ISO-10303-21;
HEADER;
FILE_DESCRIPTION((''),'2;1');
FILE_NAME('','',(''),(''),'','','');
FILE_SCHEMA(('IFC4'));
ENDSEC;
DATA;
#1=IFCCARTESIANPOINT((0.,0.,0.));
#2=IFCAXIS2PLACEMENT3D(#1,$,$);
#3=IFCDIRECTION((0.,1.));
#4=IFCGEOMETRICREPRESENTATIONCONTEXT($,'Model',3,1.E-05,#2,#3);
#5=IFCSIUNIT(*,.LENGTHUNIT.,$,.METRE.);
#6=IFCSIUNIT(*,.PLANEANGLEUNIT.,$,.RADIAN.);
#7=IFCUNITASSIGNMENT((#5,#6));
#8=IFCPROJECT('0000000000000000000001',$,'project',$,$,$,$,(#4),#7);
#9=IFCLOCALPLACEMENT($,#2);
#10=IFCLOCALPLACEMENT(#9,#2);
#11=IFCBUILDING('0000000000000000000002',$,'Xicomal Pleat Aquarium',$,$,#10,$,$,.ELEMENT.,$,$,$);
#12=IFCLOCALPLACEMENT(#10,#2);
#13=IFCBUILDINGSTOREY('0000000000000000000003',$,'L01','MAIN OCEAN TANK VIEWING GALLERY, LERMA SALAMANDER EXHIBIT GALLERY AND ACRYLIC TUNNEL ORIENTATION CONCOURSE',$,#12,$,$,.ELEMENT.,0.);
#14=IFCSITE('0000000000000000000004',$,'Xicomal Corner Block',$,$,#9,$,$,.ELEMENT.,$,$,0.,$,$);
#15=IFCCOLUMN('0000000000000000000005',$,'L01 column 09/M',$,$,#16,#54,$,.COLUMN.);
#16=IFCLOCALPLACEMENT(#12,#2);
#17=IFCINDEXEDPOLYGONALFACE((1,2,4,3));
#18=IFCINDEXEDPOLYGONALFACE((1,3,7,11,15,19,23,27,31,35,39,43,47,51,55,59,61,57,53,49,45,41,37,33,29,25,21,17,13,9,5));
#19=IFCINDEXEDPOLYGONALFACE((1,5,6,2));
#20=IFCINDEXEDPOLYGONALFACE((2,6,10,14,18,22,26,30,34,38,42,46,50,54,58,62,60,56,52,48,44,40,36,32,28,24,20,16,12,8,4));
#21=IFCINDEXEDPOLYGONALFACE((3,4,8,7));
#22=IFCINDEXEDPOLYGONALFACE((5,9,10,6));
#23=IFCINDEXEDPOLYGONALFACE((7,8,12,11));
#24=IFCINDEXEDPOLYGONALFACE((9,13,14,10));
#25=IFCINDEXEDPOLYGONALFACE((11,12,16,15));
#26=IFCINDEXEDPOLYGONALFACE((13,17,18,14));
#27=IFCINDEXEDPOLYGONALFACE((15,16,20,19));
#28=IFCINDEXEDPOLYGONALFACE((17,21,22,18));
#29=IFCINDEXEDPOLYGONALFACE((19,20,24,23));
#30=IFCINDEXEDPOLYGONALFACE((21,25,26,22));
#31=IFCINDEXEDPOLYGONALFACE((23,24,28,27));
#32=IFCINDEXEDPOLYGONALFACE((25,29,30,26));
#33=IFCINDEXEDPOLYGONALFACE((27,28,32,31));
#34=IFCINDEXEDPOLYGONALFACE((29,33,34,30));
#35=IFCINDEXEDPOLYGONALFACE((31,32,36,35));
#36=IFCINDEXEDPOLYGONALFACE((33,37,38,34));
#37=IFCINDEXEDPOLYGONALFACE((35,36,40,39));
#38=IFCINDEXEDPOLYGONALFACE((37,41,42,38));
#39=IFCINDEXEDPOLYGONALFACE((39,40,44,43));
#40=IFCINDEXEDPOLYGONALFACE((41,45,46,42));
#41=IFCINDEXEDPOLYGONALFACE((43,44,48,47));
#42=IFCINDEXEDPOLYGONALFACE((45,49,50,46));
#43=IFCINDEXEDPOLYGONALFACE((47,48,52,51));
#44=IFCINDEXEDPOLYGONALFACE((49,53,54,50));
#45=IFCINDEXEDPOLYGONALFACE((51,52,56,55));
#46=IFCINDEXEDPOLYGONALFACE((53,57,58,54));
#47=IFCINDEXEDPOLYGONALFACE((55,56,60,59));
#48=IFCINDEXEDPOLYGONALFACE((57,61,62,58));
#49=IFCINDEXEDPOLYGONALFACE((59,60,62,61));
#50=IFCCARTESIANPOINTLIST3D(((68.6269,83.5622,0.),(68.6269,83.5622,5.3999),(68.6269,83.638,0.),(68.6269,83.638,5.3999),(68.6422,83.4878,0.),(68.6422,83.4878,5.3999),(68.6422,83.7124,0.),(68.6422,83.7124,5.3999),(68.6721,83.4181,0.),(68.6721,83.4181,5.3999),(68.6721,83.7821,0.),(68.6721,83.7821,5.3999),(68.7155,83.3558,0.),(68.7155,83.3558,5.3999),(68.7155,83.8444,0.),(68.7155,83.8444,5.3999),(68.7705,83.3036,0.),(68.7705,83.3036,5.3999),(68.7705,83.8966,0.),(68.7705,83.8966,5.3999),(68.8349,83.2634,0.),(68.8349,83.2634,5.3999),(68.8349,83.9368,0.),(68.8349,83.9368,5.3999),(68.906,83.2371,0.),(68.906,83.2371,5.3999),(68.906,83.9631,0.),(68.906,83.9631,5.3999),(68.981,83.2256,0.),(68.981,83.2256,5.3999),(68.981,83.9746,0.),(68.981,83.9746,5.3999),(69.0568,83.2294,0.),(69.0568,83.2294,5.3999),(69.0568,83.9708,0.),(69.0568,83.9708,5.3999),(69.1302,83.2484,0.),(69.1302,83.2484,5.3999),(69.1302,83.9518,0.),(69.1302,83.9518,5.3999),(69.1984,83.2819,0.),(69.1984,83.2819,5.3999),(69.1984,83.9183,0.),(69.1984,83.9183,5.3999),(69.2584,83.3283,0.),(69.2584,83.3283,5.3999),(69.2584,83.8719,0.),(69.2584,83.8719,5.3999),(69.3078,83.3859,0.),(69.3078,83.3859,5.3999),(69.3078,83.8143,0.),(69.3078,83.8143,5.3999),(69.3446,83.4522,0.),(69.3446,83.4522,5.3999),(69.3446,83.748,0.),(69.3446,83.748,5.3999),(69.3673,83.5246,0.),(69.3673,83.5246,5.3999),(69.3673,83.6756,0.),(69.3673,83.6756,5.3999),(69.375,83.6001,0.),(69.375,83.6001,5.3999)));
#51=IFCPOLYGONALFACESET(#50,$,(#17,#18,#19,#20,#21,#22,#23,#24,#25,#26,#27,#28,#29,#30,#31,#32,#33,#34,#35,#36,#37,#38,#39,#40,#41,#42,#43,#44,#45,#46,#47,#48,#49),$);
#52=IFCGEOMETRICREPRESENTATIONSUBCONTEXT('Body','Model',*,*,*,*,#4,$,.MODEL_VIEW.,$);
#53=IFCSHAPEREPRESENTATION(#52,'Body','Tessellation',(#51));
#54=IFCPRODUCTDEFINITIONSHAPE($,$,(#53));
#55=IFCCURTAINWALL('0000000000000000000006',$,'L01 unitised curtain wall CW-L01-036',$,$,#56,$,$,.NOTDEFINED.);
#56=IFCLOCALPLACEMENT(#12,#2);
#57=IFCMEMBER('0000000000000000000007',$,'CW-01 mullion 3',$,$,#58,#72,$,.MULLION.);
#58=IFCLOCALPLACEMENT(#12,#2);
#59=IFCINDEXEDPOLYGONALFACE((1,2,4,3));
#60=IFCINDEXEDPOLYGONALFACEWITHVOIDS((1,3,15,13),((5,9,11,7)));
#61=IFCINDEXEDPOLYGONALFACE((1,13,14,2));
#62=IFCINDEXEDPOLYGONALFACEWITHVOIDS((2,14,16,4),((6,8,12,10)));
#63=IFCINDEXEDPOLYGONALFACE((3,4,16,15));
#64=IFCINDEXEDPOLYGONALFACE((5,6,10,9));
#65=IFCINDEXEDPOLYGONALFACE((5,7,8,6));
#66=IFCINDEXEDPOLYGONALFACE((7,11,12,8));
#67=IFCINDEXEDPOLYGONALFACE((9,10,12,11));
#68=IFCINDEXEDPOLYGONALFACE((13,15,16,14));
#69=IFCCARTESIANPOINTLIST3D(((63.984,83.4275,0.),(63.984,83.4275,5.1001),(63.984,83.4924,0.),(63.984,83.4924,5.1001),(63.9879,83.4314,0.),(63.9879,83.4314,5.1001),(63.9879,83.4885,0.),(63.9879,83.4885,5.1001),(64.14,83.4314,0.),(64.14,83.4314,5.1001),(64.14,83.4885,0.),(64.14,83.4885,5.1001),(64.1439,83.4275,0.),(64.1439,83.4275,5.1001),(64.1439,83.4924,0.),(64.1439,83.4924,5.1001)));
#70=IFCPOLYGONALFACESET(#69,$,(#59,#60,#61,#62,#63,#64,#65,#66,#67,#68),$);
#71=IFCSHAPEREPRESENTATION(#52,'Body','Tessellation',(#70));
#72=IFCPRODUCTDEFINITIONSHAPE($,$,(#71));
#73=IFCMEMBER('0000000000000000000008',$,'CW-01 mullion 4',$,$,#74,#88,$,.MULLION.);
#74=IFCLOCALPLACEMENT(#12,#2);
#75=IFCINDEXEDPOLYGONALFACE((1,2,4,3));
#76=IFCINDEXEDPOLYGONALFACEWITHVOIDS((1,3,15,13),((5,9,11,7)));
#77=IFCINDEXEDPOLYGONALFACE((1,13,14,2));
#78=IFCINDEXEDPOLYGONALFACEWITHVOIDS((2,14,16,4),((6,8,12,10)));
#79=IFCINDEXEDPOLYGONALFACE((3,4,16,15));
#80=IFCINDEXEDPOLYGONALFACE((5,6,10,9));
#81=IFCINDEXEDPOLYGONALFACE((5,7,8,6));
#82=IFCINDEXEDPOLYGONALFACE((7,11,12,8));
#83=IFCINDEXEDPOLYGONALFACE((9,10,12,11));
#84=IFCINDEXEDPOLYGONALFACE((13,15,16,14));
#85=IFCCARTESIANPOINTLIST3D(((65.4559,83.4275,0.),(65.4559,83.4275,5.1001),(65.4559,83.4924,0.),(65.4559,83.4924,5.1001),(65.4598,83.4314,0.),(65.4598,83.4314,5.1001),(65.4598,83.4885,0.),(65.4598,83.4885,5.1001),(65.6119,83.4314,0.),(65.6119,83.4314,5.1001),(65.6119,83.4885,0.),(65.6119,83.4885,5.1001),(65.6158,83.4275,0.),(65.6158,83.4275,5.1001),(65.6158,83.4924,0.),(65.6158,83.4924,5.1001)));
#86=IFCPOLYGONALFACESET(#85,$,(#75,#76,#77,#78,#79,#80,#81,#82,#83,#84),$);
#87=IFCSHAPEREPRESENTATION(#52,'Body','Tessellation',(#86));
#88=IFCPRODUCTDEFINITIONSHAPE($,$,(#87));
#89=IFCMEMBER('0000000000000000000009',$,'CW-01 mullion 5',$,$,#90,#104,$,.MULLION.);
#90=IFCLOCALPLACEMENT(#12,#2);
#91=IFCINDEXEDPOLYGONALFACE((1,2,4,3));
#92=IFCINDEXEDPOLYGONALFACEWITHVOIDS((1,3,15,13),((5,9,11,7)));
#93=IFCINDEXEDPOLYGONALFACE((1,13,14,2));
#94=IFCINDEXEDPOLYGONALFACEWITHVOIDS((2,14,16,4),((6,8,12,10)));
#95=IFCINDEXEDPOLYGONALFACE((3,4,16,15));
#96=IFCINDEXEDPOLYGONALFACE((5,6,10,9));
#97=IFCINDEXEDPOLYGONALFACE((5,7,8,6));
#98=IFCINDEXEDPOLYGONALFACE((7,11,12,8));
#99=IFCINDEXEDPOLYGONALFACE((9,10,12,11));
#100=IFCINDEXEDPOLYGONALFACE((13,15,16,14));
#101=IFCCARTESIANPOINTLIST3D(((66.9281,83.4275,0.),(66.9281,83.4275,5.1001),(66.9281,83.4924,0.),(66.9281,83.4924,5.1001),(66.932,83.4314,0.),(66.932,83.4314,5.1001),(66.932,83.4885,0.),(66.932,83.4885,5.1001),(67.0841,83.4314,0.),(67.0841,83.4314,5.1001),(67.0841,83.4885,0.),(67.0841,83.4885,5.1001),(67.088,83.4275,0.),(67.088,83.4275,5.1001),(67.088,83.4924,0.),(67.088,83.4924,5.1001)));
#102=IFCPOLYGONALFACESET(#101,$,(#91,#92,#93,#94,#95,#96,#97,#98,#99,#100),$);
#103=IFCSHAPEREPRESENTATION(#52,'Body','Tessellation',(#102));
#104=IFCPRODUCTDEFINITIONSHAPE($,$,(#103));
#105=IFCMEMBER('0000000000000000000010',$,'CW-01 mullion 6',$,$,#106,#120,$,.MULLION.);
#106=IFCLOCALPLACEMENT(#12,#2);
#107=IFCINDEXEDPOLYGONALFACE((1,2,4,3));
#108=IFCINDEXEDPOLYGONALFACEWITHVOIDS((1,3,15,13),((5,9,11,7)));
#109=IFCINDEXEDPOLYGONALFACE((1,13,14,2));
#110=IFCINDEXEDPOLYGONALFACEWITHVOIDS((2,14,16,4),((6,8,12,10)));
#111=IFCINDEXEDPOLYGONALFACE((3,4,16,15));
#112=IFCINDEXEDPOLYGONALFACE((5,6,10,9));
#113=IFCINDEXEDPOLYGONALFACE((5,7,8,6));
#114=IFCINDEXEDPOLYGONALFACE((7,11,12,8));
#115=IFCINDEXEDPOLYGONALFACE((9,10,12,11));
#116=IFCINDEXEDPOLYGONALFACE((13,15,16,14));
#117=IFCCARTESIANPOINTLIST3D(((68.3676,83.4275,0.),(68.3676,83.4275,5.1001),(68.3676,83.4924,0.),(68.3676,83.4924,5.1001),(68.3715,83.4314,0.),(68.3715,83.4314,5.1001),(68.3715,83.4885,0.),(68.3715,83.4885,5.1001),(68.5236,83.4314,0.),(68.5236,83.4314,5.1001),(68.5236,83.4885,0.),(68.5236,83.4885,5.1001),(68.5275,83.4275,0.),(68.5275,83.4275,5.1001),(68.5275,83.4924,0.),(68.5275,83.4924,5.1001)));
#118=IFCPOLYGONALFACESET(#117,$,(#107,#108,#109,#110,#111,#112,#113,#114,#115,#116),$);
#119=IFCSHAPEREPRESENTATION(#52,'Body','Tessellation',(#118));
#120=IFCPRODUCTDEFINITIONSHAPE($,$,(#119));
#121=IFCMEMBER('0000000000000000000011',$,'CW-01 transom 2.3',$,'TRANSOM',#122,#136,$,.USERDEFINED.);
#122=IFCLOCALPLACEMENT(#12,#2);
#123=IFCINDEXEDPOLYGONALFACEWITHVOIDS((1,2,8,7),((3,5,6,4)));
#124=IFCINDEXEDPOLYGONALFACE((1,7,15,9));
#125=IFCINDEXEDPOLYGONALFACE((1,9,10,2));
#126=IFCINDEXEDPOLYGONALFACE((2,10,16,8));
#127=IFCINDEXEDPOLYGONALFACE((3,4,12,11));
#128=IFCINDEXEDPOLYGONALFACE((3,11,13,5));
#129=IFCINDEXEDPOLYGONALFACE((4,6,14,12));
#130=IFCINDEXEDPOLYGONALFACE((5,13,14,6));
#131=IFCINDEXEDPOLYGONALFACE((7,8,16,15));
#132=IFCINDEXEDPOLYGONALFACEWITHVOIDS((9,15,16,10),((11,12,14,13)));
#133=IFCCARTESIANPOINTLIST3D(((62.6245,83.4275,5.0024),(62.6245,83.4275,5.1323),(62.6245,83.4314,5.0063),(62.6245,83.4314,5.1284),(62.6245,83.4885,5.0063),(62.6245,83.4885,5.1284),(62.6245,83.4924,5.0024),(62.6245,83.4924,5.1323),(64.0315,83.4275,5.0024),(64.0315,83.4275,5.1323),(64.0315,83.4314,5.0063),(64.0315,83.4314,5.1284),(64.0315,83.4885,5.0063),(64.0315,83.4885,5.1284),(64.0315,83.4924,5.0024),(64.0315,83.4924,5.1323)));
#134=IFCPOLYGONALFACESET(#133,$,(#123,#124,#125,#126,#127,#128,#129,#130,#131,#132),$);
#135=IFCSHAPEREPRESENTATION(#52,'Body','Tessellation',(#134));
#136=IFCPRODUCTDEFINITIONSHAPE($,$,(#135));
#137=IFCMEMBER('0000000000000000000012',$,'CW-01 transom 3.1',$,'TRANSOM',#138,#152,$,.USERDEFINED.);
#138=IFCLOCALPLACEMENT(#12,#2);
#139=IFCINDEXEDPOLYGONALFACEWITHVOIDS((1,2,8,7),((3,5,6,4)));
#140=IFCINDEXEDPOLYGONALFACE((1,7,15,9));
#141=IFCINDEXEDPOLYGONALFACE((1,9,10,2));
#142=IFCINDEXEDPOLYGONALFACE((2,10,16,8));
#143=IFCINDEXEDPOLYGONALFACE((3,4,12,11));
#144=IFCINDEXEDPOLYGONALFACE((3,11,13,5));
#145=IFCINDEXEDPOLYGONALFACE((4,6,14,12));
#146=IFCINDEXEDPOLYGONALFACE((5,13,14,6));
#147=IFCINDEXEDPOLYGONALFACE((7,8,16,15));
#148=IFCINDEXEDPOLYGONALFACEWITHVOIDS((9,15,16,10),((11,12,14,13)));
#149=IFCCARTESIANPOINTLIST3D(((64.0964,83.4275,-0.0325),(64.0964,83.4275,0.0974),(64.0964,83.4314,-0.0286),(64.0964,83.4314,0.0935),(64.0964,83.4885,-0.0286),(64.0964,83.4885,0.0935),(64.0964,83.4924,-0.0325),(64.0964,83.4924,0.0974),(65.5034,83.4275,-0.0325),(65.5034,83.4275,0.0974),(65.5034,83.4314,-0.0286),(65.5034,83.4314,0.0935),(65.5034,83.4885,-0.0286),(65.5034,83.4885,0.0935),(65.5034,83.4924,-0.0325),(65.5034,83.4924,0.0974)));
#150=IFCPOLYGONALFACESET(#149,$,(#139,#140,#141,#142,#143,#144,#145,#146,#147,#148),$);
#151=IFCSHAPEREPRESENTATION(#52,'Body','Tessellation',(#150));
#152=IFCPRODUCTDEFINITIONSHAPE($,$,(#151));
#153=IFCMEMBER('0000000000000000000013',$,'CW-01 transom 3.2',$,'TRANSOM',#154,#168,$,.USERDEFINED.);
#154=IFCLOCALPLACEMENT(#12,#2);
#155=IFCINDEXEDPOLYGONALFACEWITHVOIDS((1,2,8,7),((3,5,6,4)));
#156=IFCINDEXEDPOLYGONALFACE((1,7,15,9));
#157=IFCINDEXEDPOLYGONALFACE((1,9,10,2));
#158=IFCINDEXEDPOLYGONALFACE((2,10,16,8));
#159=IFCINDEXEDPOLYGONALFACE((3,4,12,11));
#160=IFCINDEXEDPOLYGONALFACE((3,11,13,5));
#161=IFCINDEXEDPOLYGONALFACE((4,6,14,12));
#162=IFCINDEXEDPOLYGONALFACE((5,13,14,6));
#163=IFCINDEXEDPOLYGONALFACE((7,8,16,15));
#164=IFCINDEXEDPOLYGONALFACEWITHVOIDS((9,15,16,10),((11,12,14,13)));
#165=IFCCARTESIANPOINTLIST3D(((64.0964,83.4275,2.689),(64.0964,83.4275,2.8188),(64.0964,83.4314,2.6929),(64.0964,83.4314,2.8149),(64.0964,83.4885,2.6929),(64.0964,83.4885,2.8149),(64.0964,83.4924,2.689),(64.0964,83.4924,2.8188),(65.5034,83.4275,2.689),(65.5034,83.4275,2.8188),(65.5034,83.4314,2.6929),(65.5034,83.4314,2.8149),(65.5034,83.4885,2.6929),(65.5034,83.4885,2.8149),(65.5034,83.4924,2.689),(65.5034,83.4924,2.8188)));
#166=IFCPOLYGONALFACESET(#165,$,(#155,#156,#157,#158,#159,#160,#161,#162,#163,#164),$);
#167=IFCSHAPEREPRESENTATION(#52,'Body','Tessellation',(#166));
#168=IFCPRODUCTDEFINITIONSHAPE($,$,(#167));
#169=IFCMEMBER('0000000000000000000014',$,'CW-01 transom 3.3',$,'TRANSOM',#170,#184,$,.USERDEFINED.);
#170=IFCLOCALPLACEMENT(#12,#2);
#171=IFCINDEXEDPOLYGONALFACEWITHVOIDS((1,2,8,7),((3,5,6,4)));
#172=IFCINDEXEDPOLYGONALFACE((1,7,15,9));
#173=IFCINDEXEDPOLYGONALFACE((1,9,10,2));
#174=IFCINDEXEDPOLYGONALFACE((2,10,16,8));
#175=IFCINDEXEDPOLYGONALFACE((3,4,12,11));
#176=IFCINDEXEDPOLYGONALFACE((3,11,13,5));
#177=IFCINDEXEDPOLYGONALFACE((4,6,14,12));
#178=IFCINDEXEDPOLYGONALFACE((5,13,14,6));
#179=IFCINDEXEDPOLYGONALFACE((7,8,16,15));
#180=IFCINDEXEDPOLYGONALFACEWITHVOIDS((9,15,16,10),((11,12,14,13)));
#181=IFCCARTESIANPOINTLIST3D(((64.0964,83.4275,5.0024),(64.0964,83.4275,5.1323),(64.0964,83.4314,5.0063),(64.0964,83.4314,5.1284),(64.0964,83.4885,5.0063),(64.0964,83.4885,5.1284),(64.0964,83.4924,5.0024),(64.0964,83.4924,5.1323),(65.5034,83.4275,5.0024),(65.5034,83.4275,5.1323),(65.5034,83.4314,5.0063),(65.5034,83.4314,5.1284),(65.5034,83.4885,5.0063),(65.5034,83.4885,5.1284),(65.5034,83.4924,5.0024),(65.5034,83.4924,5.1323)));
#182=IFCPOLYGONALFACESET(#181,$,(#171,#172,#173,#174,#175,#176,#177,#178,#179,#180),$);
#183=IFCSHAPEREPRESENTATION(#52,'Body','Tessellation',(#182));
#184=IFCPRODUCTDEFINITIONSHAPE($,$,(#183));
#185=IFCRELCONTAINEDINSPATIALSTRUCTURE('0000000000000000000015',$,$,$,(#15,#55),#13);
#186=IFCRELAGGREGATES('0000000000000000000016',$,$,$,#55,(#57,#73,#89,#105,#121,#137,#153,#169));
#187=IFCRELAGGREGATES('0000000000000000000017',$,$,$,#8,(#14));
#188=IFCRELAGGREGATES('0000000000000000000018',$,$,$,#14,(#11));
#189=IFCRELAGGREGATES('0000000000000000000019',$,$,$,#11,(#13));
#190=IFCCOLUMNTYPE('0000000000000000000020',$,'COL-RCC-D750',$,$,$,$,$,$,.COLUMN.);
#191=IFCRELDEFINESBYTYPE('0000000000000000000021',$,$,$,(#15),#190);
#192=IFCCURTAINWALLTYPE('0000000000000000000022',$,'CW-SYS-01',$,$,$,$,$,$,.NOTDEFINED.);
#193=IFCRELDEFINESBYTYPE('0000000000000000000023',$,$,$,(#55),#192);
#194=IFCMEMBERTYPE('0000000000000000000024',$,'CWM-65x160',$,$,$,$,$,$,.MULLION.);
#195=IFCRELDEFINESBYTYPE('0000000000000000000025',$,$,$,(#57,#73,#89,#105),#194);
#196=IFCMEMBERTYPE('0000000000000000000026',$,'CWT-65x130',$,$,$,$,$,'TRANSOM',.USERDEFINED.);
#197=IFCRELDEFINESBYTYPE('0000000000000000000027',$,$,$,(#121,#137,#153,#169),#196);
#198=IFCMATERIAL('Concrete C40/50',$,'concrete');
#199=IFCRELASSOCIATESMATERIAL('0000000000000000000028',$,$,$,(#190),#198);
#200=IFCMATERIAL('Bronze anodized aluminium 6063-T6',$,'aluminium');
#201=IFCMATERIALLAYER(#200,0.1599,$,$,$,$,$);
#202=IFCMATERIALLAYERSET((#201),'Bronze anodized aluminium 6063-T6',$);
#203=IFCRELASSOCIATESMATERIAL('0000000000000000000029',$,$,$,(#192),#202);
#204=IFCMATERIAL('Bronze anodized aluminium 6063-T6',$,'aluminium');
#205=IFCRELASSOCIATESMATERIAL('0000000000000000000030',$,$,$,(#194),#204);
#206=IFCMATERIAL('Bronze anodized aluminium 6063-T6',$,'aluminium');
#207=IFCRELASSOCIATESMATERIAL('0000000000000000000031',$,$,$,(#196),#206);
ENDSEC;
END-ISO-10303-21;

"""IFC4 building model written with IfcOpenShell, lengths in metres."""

from ifc_helpers import new_model, si_unit, direction, frame, origin, origin_2d, place, context, subcontext, project, spatial, hollow_rectangle, circle, extrude, material, layer, layer_set, material_profile, profile_set, type_object, element, aggregate, save


model = new_model("IFC4")

# Units and contexts
model_context = context("Model", 3, precision=1e-05, world=origin(), true_north=direction((0.0, 1.0)))
body_context = subcontext(model_context, "Body", "Model", "MODEL_VIEW")
ifc_project = project(units=[si_unit("LENGTHUNIT", "METRE"), si_unit("PLANEANGLEUNIT", "RADIAN")], contexts=[model_context])

# Site, building, storey
site_placement = place(None, origin())
site = spatial("IfcSite", under=ifc_project, at=site_placement, Name="Xicomal Corner Block", CompositionType="ELEMENT", RefElevation=0.0)
building_placement = place(site_placement, origin())
building = spatial("IfcBuilding", under=site, at=building_placement, Name="Xicomal Pleat Aquarium", CompositionType="ELEMENT")
storey_placement = place(building_placement, origin())
storey = spatial("IfcBuildingStorey", under=building, at=storey_placement, Name="L01", Description="MAIN OCEAN TANK VIEWING GALLERY, LERMA SALAMANDER EXHIBIT GALLERY AND ACRYLIC TUNNEL ORIENTATION CONCOURSE", CompositionType="ELEMENT", Elevation=0.0)

# Column
ifc_material_1 = material(Name="Concrete C40/50", Category="concrete")
ifc_material_profile_1 = material_profile(ifc_material_1, circle(Radius=0.375, at=origin_2d()), Name="RCC D750")
ifc_profile_set_1 = profile_set([ifc_material_profile_1], Name="Concrete C40/50")
column_type = type_object("IfcColumnType", Name="COL-RCC-D750", PredefinedType="COLUMN", material=ifc_profile_set_1)
column_placement = place(storey_placement, frame((69.0, 83.6001, 0.0), z_axis=(0.0, 0.0, 1.0), x_axis=(1.0, 0.0, 0.0)))
element("IfcColumn", 1, at=column_placement, inside=storey, type_object=column_type, Name="L01 column 09/M", PredefinedType="COLUMN", context=body_context, shape_type="SweptSolid", body=[
    extrude(circle(Radius=0.375, at=origin_2d()), origin(), (0.0, 0.0, 1.0), 5.3999),
])

# Curtain wall, members
ifc_material_2 = material(Name="Bronze anodized aluminium 6063-T6", Category="aluminium")
ifc_layer_1 = layer(ifc_material_2, 0.1599)
ifc_layer_set_1 = layer_set([ifc_layer_1], Name="Bronze anodized aluminium 6063-T6")
curtain_wall_type = type_object("IfcCurtainWallType", Name="CW-SYS-01", PredefinedType="NOTDEFINED", material=ifc_layer_set_1)
curtain_wall_placement = place(storey_placement, origin())
curtain_wall = element("IfcCurtainWall", 2, at=curtain_wall_placement, inside=storey, type_object=curtain_wall_type, Name="L01 unitised curtain wall CW-L01-036", PredefinedType="NOTDEFINED")
ifc_material_3 = material(Name="Bronze anodized aluminium 6063-T6", Category="aluminium")
ifc_material_profile_2 = material_profile(ifc_material_3, hollow_rectangle(XDim=0.0649, YDim=0.1599, WallThickness=0.0039, at=origin_2d()), Name="ALU MULL 65x160")
ifc_profile_set_2 = profile_set([ifc_material_profile_2], Name="Bronze anodized aluminium 6063-T6")
member_type_1 = type_object("IfcMemberType", Name="CWM-65x160", PredefinedType="MULLION", material=ifc_profile_set_2)
member_1_placement = place(storey_placement, frame((64.064, 83.46, 0.0), z_axis=(0.0, 0.0, 1.0), x_axis=(0.0, 1.0, 0.0)))
member_1 = element("IfcMember", 3, at=member_1_placement, type_object=member_type_1, Name="CW-01 mullion 3", PredefinedType="MULLION", context=body_context, shape_type="SweptSolid", body=[
    extrude(hollow_rectangle(XDim=0.0649, YDim=0.1599, WallThickness=0.0039, at=origin_2d()), origin(), (0.0, 0.0, 1.0), 5.1001),
])
member_2_placement = place(storey_placement, frame((65.5359, 83.46, 0.0), z_axis=(0.0, 0.0, 1.0), x_axis=(0.0, 1.0, 0.0)))
member_2 = element("IfcMember", 4, at=member_2_placement, type_object=member_type_1, Name="CW-01 mullion 4", PredefinedType="MULLION", context=body_context, shape_type="SweptSolid", body=[
    extrude(hollow_rectangle(XDim=0.0649, YDim=0.1599, WallThickness=0.0039, at=origin_2d()), origin(), (0.0, 0.0, 1.0), 5.1001),
])
member_3_placement = place(storey_placement, frame((67.0081, 83.46, 0.0), z_axis=(0.0, 0.0, 1.0), x_axis=(0.0, 1.0, 0.0)))
member_3 = element("IfcMember", 5, at=member_3_placement, type_object=member_type_1, Name="CW-01 mullion 5", PredefinedType="MULLION", context=body_context, shape_type="SweptSolid", body=[
    extrude(hollow_rectangle(XDim=0.0649, YDim=0.1599, WallThickness=0.0039, at=origin_2d()), origin(), (0.0, 0.0, 1.0), 5.1001),
])
member_4_placement = place(storey_placement, frame((68.4475, 83.46, 0.0), z_axis=(0.0, 0.0, 1.0), x_axis=(0.0, 1.0, 0.0)))
member_4 = element("IfcMember", 6, at=member_4_placement, type_object=member_type_1, Name="CW-01 mullion 6", PredefinedType="MULLION", context=body_context, shape_type="SweptSolid", body=[
    extrude(hollow_rectangle(XDim=0.0649, YDim=0.1599, WallThickness=0.0039, at=origin_2d()), origin(), (0.0, 0.0, 1.0), 5.1001),
])
ifc_material_4 = material(Name="Bronze anodized aluminium 6063-T6", Category="aluminium")
ifc_material_profile_3 = material_profile(ifc_material_4, hollow_rectangle(XDim=0.0649, YDim=0.1299, WallThickness=0.0039, at=origin_2d()), Name="ALU TRAN 65x130")
ifc_profile_set_3 = profile_set([ifc_material_profile_3], Name="Bronze anodized aluminium 6063-T6")
member_type_2 = type_object("IfcMemberType", Name="CWT-65x130", ElementType="TRANSOM", PredefinedType="USERDEFINED", material=ifc_profile_set_3)
member_5_placement = place(storey_placement, frame((62.6245, 83.46, 5.0674), z_axis=(1.0, 0.0, 0.0), x_axis=(0.0, 1.0, 0.0)))
member_5 = element("IfcMember", 7, at=member_5_placement, type_object=member_type_2, Name="CW-01 transom 2.3", ObjectType="TRANSOM", PredefinedType="USERDEFINED", context=body_context, shape_type="SweptSolid", body=[
    extrude(hollow_rectangle(XDim=0.0649, YDim=0.1299, WallThickness=0.0039, at=origin_2d()), origin(), (0.0, 0.0, 1.0), 1.407),
])
member_6_placement = place(storey_placement, frame((64.0964, 83.46, 0.0325), z_axis=(1.0, 0.0, 0.0), x_axis=(0.0, 1.0, 0.0)))
member_6 = element("IfcMember", 8, at=member_6_placement, type_object=member_type_2, Name="CW-01 transom 3.1", ObjectType="TRANSOM", PredefinedType="USERDEFINED", context=body_context, shape_type="SweptSolid", body=[
    extrude(hollow_rectangle(XDim=0.0649, YDim=0.1299, WallThickness=0.0039, at=origin_2d()), origin(), (0.0, 0.0, 1.0), 1.407),
])
member_7_placement = place(storey_placement, frame((64.0964, 83.46, 2.7539), z_axis=(1.0, 0.0, 0.0), x_axis=(0.0, 1.0, 0.0)))
member_7 = element("IfcMember", 9, at=member_7_placement, type_object=member_type_2, Name="CW-01 transom 3.2", ObjectType="TRANSOM", PredefinedType="USERDEFINED", context=body_context, shape_type="SweptSolid", body=[
    extrude(hollow_rectangle(XDim=0.0649, YDim=0.1299, WallThickness=0.0039, at=origin_2d()), origin(), (0.0, 0.0, 1.0), 1.407),
])
member_8_placement = place(storey_placement, frame((64.0964, 83.46, 5.0674), z_axis=(1.0, 0.0, 0.0), x_axis=(0.0, 1.0, 0.0)))
member_8 = element("IfcMember", 10, at=member_8_placement, type_object=member_type_2, Name="CW-01 transom 3.3", ObjectType="TRANSOM", PredefinedType="USERDEFINED", context=body_context, shape_type="SweptSolid", body=[
    extrude(hollow_rectangle(XDim=0.0649, YDim=0.1299, WallThickness=0.0039, at=origin_2d()), origin(), (0.0, 0.0, 1.0), 1.407),
])
aggregate(curtain_wall, [member_1, member_2, member_3, member_4, member_5, member_6, member_7, member_8])

save(model, "model.ifc")
